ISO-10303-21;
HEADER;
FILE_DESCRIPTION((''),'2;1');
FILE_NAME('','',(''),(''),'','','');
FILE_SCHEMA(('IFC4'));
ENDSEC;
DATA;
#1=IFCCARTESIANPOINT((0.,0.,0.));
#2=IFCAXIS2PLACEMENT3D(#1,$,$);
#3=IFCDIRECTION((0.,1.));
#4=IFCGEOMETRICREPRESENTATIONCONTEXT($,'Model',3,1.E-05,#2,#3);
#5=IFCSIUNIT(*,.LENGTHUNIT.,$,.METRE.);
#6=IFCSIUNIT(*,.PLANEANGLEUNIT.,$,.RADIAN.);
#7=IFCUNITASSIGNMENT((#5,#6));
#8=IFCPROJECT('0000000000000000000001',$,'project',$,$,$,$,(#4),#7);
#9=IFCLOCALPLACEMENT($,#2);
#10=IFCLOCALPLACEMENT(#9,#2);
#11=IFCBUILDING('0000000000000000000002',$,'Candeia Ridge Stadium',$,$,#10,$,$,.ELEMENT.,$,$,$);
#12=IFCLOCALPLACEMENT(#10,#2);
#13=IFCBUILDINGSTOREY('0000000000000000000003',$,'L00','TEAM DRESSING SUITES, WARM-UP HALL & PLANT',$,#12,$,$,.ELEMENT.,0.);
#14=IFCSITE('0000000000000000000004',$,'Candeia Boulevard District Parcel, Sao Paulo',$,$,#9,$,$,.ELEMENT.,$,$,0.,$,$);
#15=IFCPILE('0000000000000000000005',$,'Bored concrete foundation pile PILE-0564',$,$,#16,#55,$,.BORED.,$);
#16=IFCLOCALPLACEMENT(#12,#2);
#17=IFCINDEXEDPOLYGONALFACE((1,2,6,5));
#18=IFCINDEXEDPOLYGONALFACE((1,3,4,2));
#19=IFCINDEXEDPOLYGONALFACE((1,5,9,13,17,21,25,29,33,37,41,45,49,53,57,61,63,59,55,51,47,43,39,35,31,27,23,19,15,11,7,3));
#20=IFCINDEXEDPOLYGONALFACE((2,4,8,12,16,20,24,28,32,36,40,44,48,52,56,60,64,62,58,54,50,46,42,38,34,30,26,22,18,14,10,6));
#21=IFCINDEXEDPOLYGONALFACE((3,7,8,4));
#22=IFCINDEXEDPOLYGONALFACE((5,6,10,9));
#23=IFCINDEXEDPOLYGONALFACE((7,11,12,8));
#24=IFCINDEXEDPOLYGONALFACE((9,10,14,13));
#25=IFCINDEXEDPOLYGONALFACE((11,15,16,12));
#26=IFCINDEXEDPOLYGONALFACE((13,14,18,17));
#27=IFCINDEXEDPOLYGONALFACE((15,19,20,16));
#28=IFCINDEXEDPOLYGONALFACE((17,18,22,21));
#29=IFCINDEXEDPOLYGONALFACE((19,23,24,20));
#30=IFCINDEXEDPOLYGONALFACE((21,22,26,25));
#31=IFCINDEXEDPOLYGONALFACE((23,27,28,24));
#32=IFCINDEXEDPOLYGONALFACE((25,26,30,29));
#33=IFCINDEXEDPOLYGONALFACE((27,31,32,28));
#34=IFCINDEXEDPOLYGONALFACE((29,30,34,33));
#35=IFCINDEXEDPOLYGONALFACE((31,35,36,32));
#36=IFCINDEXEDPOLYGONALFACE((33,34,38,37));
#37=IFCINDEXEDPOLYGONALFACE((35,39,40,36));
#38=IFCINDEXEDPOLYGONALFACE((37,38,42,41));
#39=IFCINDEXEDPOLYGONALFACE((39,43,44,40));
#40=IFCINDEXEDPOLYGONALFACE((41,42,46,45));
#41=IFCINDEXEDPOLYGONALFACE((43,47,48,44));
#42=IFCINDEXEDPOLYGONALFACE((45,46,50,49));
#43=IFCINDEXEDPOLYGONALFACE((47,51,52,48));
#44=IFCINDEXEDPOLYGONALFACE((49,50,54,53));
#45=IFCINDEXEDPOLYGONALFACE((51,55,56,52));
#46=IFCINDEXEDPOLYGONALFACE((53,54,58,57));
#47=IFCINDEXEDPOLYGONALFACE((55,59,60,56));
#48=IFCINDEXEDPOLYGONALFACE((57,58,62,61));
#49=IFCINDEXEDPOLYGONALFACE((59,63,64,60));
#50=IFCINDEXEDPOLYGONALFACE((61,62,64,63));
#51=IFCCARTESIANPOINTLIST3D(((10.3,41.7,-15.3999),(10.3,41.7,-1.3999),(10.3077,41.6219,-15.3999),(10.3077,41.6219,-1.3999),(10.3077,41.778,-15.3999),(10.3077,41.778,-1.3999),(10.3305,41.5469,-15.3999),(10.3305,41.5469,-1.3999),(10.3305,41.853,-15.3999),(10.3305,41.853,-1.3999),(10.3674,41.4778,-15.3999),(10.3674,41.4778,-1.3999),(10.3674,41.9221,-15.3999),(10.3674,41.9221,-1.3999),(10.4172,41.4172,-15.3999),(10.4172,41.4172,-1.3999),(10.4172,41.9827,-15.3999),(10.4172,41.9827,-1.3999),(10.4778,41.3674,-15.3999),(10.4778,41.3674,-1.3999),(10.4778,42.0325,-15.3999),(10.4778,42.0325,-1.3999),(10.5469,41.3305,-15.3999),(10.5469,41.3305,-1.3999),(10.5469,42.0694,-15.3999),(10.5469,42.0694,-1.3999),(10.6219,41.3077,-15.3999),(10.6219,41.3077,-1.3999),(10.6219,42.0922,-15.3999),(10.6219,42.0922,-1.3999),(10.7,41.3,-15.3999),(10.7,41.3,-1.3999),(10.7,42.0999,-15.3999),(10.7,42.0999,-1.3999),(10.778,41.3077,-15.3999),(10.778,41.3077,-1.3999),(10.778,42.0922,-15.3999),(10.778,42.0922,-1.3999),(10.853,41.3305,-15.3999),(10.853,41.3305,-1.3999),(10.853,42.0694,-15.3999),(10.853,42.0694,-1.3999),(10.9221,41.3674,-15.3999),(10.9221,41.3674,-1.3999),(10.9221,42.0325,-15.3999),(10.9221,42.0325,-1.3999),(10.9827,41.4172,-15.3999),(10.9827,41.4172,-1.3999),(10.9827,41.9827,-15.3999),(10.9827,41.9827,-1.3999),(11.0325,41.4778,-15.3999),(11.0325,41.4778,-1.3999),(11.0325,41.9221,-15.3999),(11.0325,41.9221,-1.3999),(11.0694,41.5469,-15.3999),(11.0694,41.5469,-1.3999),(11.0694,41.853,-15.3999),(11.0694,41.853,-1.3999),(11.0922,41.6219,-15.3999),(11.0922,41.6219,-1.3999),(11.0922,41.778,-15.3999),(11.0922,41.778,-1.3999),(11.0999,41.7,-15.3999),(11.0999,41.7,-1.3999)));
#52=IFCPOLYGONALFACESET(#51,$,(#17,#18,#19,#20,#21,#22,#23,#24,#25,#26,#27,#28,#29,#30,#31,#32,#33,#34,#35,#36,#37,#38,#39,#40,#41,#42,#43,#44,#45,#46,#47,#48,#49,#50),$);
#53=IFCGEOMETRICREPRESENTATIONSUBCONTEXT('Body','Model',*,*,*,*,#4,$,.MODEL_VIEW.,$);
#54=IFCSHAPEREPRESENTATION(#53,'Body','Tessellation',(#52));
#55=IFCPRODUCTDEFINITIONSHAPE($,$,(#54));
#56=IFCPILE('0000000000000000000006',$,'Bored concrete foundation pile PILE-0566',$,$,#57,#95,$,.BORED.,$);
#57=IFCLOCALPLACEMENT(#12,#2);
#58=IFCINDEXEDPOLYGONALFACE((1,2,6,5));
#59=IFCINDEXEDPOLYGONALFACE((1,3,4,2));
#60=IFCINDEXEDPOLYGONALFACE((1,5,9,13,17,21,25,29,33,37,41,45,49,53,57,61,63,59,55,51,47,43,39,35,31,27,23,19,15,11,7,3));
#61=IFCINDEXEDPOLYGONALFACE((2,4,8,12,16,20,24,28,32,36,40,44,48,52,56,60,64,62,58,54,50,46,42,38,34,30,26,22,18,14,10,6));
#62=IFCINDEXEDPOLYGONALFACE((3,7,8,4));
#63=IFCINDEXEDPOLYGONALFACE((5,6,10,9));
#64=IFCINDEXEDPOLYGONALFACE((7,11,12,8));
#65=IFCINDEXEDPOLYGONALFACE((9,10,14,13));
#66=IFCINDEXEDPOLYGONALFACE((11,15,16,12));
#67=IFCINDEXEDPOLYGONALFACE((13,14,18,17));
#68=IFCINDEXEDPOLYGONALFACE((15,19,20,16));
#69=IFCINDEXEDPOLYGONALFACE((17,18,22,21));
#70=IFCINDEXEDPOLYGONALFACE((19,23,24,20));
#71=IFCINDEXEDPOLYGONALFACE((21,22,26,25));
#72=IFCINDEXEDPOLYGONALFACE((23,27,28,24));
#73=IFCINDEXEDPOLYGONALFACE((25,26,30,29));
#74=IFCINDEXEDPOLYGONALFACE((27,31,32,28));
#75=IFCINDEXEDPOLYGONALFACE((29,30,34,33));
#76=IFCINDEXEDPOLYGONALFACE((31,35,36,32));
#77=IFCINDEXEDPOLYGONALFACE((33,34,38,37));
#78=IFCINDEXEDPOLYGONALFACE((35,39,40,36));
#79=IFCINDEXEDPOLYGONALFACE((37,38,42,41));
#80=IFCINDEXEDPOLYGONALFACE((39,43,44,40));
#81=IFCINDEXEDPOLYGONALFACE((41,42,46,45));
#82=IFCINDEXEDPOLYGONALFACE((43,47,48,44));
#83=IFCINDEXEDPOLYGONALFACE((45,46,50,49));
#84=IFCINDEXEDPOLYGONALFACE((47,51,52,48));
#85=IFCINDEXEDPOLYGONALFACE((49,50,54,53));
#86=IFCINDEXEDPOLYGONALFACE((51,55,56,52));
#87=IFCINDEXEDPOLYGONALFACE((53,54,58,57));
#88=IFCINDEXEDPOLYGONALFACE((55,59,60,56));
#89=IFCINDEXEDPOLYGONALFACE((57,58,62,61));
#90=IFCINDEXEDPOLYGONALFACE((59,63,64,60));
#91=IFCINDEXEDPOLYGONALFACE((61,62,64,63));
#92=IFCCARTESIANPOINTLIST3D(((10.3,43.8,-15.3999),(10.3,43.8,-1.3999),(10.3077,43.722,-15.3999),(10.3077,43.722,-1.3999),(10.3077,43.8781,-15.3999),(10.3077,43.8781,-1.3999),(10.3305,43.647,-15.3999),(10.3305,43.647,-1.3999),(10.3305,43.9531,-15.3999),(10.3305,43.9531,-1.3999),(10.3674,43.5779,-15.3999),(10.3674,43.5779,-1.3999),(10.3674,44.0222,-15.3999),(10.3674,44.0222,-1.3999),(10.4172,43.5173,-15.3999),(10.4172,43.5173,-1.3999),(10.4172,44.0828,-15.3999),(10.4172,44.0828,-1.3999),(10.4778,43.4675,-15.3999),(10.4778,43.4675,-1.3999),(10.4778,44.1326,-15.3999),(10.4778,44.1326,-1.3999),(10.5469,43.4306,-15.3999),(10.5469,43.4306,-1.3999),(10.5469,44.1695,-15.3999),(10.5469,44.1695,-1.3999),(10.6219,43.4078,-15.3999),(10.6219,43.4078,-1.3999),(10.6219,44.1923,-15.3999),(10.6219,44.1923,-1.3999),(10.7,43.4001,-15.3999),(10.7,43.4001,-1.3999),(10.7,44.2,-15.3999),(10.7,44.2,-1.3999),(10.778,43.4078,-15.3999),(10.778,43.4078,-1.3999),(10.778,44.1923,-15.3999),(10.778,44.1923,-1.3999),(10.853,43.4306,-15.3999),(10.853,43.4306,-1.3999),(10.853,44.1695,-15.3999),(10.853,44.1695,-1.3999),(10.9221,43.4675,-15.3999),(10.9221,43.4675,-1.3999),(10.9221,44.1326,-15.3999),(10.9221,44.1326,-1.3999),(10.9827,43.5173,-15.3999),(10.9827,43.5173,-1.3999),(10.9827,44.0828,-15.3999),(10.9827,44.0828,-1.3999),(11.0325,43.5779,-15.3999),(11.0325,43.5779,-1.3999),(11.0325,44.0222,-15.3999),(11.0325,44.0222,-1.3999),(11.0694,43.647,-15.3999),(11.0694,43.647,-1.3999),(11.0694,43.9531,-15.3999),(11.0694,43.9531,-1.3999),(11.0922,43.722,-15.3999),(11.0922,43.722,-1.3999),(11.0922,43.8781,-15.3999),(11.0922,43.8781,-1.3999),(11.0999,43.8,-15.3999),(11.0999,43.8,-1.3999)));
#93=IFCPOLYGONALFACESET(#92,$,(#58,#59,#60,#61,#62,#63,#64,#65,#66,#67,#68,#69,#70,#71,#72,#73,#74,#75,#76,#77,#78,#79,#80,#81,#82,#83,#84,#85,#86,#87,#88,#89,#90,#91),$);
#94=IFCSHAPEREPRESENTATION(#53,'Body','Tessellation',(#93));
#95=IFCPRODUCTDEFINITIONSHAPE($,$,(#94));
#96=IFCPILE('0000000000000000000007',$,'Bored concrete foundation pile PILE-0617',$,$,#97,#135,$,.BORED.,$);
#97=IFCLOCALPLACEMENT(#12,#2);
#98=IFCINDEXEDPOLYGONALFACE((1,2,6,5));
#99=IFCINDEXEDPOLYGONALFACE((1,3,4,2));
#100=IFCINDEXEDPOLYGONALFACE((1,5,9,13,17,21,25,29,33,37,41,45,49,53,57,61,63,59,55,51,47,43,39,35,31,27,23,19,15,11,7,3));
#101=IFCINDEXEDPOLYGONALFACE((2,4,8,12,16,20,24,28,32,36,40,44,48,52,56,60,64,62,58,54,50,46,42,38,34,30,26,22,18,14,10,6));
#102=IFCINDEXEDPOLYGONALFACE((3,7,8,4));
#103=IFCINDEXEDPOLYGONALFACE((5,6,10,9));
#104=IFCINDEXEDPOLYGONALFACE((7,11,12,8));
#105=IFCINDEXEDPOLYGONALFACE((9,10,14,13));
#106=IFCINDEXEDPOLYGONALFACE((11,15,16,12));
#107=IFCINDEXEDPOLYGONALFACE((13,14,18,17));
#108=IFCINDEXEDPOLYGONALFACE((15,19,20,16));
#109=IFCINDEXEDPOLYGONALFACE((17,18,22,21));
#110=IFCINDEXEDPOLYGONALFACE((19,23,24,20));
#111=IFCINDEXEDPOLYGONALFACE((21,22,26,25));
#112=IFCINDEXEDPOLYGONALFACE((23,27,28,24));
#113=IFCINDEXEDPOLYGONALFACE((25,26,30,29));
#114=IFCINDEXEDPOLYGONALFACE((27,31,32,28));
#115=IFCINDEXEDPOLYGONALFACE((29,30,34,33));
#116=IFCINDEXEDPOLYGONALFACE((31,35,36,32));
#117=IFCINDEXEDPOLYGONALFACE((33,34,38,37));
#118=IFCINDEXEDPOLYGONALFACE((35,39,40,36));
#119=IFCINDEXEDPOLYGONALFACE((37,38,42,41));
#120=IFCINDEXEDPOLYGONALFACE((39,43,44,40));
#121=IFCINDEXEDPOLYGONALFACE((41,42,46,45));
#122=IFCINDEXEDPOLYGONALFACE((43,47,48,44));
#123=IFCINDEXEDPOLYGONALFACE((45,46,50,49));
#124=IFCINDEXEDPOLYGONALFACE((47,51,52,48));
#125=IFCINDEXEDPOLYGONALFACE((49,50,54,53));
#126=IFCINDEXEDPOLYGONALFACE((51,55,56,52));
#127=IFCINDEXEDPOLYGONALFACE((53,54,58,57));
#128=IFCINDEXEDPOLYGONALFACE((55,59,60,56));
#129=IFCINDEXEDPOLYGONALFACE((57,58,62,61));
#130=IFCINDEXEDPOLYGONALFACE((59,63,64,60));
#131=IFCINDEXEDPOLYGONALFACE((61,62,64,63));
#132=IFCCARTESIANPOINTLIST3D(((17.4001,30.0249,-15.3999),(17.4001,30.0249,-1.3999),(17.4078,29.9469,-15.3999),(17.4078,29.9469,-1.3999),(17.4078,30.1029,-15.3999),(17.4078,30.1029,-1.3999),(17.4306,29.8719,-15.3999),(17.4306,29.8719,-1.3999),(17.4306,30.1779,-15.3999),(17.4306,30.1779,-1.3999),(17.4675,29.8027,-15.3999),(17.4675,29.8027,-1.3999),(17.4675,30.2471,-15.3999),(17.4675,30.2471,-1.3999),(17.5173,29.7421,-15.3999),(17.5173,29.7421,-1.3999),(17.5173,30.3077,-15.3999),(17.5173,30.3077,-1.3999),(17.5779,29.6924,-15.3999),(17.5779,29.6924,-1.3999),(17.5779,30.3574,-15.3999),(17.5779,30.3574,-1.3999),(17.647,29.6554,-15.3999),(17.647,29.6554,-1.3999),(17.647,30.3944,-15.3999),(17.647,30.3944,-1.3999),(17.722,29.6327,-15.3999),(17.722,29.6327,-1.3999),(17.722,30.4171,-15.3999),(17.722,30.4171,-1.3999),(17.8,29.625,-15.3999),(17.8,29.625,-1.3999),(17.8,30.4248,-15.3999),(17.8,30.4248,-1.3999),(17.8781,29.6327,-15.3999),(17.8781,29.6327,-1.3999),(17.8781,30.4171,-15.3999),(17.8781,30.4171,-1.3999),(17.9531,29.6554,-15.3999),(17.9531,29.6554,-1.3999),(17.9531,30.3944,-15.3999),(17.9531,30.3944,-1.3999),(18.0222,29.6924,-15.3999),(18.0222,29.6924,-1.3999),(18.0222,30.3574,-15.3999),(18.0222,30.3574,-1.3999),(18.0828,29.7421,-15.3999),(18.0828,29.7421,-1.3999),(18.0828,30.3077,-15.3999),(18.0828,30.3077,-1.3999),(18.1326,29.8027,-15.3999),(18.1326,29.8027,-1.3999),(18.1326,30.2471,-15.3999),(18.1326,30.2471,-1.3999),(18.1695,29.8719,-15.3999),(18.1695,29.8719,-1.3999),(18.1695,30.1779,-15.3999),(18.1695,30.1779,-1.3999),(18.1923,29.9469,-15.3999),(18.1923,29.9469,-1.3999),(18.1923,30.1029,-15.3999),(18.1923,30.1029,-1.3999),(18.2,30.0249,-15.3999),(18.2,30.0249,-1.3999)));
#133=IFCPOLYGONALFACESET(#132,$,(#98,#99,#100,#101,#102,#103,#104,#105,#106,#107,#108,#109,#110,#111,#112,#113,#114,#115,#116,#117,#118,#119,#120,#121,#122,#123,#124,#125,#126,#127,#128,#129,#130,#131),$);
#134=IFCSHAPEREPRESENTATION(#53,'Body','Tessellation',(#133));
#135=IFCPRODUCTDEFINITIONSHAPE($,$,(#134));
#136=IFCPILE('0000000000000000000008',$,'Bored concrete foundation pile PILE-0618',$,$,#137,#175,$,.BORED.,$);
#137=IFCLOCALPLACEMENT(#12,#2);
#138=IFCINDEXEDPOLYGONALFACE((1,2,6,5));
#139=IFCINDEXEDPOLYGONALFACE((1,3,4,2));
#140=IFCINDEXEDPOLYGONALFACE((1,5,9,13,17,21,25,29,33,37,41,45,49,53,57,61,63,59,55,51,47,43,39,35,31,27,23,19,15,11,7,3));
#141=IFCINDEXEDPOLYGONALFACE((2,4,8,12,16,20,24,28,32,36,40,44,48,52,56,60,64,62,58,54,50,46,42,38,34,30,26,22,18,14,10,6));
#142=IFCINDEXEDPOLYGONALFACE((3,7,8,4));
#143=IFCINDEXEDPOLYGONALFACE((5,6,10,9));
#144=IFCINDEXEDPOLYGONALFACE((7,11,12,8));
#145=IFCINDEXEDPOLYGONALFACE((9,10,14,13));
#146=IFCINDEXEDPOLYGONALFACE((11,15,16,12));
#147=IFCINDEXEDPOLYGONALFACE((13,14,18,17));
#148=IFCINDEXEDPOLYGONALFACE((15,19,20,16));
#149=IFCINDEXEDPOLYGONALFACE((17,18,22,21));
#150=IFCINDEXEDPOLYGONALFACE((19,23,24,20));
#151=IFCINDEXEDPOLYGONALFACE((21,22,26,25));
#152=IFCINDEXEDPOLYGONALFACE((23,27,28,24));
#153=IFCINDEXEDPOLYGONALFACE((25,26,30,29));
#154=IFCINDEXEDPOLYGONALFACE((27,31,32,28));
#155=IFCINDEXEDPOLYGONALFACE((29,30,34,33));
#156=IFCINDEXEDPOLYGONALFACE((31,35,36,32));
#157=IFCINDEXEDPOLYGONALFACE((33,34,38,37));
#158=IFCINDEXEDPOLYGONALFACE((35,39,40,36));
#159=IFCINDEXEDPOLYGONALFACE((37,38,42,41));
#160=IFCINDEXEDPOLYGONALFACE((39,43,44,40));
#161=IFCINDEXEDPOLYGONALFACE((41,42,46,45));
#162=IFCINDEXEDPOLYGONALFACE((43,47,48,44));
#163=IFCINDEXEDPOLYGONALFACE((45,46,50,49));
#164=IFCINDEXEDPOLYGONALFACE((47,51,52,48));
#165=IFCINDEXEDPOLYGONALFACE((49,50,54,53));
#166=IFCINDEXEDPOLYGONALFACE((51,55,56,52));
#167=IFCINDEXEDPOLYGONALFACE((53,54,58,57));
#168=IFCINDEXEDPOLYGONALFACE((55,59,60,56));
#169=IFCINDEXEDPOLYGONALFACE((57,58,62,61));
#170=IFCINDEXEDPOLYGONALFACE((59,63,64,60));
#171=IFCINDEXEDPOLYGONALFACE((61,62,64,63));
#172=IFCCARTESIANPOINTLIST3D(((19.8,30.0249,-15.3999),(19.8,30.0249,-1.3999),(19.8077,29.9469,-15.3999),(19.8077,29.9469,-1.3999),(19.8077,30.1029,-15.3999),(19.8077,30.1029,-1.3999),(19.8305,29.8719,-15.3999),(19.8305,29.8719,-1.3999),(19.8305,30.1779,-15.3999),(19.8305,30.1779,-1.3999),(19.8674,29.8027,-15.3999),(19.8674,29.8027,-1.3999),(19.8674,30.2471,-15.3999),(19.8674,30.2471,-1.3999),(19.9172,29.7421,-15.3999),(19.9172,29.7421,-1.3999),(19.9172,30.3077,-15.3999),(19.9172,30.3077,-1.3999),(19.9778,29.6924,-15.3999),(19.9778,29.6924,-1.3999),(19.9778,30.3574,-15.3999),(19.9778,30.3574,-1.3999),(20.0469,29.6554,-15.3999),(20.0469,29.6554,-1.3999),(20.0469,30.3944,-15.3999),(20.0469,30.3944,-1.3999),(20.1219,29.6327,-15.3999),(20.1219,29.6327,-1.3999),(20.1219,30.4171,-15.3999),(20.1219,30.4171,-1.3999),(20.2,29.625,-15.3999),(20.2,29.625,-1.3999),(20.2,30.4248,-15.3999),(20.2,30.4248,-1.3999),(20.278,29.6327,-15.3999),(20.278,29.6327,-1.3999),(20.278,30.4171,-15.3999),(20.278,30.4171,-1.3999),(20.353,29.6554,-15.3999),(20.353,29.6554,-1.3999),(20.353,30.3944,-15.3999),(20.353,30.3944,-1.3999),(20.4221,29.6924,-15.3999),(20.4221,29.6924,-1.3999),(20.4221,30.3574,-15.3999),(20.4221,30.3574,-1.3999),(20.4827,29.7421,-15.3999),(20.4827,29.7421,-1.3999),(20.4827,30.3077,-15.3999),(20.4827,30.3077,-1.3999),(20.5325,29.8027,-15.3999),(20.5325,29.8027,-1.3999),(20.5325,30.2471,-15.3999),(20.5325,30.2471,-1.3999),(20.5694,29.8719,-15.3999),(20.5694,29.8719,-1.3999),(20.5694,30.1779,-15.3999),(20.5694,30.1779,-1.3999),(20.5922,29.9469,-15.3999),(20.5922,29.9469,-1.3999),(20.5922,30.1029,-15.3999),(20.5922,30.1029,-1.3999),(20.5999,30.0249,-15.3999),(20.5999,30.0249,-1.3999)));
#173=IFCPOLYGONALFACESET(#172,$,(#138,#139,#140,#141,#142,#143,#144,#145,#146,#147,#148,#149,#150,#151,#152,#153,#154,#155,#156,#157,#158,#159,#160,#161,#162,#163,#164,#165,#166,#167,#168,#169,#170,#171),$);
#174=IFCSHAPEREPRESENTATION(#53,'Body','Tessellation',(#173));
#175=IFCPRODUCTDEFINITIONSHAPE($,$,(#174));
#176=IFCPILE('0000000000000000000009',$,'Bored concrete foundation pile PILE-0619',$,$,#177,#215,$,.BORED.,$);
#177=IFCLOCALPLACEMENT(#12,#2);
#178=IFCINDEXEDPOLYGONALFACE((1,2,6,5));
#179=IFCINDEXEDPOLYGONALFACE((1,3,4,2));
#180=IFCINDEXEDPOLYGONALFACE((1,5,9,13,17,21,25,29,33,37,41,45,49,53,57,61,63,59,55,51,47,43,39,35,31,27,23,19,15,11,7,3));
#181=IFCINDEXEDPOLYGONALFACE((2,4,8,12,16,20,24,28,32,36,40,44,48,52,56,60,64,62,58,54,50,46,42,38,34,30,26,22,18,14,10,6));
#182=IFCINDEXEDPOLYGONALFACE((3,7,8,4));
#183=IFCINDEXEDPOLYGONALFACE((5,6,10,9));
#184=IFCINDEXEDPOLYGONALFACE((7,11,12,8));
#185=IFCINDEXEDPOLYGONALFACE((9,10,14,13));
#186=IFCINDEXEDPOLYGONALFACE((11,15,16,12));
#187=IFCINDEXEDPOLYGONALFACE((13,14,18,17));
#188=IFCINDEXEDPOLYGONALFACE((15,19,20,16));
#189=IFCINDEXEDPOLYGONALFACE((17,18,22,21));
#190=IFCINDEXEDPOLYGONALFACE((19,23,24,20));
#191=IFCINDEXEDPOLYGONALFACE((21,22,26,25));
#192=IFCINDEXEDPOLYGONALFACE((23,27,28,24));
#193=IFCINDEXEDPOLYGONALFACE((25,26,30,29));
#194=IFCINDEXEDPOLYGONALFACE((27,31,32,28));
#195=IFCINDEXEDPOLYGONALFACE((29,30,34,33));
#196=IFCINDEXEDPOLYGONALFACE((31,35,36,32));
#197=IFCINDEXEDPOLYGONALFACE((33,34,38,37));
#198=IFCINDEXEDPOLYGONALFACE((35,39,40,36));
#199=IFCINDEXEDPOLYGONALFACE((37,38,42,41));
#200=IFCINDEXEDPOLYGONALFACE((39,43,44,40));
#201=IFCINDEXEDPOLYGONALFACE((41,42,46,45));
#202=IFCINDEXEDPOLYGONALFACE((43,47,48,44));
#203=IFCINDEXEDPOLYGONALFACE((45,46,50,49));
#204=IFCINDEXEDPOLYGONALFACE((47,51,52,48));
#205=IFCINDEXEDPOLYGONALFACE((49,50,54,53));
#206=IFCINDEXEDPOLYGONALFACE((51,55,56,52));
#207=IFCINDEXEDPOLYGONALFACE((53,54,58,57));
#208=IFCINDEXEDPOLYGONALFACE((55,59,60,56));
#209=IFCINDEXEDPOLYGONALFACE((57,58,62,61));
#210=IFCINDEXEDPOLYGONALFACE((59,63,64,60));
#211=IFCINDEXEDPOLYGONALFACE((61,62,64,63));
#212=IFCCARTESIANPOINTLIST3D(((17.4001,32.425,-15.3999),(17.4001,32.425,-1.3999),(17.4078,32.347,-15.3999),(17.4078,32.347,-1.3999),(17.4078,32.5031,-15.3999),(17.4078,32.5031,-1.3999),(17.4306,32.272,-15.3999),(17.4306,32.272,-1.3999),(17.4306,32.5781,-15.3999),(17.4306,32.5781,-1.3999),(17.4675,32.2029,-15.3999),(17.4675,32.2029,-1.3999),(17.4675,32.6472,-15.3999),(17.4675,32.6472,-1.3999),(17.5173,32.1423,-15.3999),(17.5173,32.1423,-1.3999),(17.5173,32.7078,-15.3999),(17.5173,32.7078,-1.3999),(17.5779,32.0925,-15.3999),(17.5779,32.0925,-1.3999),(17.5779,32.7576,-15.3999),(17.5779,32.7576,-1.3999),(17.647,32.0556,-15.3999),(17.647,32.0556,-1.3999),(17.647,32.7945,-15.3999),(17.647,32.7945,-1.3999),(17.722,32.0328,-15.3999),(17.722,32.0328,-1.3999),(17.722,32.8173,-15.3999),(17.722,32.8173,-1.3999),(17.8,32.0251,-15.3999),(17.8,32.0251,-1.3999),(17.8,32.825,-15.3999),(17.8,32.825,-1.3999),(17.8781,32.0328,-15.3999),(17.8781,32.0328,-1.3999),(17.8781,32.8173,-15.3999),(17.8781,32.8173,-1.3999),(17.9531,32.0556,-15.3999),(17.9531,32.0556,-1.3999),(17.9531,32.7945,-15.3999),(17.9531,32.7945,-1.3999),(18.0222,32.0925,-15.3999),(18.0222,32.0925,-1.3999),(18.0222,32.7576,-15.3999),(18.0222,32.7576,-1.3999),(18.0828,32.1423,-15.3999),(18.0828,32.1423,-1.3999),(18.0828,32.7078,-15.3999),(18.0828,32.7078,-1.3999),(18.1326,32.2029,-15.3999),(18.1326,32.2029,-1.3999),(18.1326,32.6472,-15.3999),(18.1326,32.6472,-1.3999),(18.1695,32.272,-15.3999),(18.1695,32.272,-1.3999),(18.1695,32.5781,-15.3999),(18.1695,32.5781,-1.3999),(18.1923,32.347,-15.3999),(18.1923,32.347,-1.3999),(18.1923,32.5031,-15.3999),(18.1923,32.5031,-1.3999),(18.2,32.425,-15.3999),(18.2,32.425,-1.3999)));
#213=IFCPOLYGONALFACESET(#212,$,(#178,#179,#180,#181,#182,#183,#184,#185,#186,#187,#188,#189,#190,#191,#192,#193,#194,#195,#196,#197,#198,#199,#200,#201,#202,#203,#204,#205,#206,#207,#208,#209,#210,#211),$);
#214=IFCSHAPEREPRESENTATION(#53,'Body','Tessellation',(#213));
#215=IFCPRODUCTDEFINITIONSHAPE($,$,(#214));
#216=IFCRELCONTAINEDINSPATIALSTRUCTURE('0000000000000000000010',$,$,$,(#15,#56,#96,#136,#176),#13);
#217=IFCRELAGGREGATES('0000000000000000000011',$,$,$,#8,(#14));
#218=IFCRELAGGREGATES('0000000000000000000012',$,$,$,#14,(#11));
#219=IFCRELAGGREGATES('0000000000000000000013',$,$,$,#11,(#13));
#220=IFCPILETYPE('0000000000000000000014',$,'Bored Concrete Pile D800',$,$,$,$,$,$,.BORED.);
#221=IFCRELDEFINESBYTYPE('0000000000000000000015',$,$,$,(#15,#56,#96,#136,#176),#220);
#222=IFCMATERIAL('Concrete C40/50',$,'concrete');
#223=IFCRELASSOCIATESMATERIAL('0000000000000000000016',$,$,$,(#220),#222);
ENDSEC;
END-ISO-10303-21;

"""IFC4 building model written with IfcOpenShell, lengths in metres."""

from ifc_helpers import new_model, si_unit, direction, frame, origin, origin_2d, place, context, subcontext, project, spatial, circle, extrude, material, material_profile, profile_set, type_object, element, save


model = new_model("IFC4")

# Units and contexts
model_context = context("Model", 3, precision=1e-05, world=origin(), true_north=direction((0.0, 1.0)))
body_context = subcontext(model_context, "Body", "Model", "MODEL_VIEW")
ifc_project = project(units=[si_unit("LENGTHUNIT", "METRE"), si_unit("PLANEANGLEUNIT", "RADIAN")], contexts=[model_context])

# Site, building, storey
site_placement = place(None, origin())
site = spatial("IfcSite", under=ifc_project, at=site_placement, Name="Candeia Boulevard District Parcel, Sao Paulo", CompositionType="ELEMENT", RefElevation=0.0)
building_placement = place(site_placement, origin())
building = spatial("IfcBuilding", under=site, at=building_placement, Name="Candeia Ridge Stadium", CompositionType="ELEMENT")
storey_placement = place(building_placement, origin())
storey = spatial("IfcBuildingStorey", under=building, at=storey_placement, Name="L00", Description="TEAM DRESSING SUITES, WARM-UP HALL & PLANT", CompositionType="ELEMENT", Elevation=0.0)

# Piles
ifc_material_1 = material(Name="Concrete C40/50", Category="concrete")
ifc_material_profile_1 = material_profile(ifc_material_1, circle(Radius=0.3999, at=origin_2d()), Name="PILE-D800", Category="concrete")
ifc_profile_set_1 = profile_set([ifc_material_profile_1], Name="Concrete C40/50")
pile_type = type_object("IfcPileType", Name="Bored Concrete Pile D800", PredefinedType="BORED", material=ifc_profile_set_1)
for number, where, z_axis, x_axis, name in (
    (1, (10.7, 41.7, -1.3999), (0.0, 0.0, -1.0), (1.0, 0.0, 0.0), "Bored concrete foundation pile PILE-0564"),
    (2, (10.7, 43.8, -1.3999), (0.0, 0.0, -1.0), (1.0, 0.0, 0.0), "Bored concrete foundation pile PILE-0566"),
    (3, (17.8, 30.0249, -1.3999), (0.0, 0.0, -1.0), (1.0, 0.0, 0.0), "Bored concrete foundation pile PILE-0617"),
    (4, (20.2, 30.0249, -1.3999), (0.0, 0.0, -1.0), (1.0, 0.0, 0.0), "Bored concrete foundation pile PILE-0618"),
    (5, (17.8, 32.425, -1.3999), (0.0, 0.0, -1.0), (1.0, 0.0, 0.0), "Bored concrete foundation pile PILE-0619"),
):
    element("IfcPile", number, at=place(storey_placement, frame(where, z_axis=z_axis, x_axis=x_axis)), inside=storey, type_object=pile_type, Name=name, PredefinedType="BORED", context=body_context, shape_type="SweptSolid", body=[
        extrude(circle(Radius=0.3999, at=origin_2d()), origin(), (0.0, 0.0, 1.0), 14.0),
    ])

save(model, "model.ifc")
